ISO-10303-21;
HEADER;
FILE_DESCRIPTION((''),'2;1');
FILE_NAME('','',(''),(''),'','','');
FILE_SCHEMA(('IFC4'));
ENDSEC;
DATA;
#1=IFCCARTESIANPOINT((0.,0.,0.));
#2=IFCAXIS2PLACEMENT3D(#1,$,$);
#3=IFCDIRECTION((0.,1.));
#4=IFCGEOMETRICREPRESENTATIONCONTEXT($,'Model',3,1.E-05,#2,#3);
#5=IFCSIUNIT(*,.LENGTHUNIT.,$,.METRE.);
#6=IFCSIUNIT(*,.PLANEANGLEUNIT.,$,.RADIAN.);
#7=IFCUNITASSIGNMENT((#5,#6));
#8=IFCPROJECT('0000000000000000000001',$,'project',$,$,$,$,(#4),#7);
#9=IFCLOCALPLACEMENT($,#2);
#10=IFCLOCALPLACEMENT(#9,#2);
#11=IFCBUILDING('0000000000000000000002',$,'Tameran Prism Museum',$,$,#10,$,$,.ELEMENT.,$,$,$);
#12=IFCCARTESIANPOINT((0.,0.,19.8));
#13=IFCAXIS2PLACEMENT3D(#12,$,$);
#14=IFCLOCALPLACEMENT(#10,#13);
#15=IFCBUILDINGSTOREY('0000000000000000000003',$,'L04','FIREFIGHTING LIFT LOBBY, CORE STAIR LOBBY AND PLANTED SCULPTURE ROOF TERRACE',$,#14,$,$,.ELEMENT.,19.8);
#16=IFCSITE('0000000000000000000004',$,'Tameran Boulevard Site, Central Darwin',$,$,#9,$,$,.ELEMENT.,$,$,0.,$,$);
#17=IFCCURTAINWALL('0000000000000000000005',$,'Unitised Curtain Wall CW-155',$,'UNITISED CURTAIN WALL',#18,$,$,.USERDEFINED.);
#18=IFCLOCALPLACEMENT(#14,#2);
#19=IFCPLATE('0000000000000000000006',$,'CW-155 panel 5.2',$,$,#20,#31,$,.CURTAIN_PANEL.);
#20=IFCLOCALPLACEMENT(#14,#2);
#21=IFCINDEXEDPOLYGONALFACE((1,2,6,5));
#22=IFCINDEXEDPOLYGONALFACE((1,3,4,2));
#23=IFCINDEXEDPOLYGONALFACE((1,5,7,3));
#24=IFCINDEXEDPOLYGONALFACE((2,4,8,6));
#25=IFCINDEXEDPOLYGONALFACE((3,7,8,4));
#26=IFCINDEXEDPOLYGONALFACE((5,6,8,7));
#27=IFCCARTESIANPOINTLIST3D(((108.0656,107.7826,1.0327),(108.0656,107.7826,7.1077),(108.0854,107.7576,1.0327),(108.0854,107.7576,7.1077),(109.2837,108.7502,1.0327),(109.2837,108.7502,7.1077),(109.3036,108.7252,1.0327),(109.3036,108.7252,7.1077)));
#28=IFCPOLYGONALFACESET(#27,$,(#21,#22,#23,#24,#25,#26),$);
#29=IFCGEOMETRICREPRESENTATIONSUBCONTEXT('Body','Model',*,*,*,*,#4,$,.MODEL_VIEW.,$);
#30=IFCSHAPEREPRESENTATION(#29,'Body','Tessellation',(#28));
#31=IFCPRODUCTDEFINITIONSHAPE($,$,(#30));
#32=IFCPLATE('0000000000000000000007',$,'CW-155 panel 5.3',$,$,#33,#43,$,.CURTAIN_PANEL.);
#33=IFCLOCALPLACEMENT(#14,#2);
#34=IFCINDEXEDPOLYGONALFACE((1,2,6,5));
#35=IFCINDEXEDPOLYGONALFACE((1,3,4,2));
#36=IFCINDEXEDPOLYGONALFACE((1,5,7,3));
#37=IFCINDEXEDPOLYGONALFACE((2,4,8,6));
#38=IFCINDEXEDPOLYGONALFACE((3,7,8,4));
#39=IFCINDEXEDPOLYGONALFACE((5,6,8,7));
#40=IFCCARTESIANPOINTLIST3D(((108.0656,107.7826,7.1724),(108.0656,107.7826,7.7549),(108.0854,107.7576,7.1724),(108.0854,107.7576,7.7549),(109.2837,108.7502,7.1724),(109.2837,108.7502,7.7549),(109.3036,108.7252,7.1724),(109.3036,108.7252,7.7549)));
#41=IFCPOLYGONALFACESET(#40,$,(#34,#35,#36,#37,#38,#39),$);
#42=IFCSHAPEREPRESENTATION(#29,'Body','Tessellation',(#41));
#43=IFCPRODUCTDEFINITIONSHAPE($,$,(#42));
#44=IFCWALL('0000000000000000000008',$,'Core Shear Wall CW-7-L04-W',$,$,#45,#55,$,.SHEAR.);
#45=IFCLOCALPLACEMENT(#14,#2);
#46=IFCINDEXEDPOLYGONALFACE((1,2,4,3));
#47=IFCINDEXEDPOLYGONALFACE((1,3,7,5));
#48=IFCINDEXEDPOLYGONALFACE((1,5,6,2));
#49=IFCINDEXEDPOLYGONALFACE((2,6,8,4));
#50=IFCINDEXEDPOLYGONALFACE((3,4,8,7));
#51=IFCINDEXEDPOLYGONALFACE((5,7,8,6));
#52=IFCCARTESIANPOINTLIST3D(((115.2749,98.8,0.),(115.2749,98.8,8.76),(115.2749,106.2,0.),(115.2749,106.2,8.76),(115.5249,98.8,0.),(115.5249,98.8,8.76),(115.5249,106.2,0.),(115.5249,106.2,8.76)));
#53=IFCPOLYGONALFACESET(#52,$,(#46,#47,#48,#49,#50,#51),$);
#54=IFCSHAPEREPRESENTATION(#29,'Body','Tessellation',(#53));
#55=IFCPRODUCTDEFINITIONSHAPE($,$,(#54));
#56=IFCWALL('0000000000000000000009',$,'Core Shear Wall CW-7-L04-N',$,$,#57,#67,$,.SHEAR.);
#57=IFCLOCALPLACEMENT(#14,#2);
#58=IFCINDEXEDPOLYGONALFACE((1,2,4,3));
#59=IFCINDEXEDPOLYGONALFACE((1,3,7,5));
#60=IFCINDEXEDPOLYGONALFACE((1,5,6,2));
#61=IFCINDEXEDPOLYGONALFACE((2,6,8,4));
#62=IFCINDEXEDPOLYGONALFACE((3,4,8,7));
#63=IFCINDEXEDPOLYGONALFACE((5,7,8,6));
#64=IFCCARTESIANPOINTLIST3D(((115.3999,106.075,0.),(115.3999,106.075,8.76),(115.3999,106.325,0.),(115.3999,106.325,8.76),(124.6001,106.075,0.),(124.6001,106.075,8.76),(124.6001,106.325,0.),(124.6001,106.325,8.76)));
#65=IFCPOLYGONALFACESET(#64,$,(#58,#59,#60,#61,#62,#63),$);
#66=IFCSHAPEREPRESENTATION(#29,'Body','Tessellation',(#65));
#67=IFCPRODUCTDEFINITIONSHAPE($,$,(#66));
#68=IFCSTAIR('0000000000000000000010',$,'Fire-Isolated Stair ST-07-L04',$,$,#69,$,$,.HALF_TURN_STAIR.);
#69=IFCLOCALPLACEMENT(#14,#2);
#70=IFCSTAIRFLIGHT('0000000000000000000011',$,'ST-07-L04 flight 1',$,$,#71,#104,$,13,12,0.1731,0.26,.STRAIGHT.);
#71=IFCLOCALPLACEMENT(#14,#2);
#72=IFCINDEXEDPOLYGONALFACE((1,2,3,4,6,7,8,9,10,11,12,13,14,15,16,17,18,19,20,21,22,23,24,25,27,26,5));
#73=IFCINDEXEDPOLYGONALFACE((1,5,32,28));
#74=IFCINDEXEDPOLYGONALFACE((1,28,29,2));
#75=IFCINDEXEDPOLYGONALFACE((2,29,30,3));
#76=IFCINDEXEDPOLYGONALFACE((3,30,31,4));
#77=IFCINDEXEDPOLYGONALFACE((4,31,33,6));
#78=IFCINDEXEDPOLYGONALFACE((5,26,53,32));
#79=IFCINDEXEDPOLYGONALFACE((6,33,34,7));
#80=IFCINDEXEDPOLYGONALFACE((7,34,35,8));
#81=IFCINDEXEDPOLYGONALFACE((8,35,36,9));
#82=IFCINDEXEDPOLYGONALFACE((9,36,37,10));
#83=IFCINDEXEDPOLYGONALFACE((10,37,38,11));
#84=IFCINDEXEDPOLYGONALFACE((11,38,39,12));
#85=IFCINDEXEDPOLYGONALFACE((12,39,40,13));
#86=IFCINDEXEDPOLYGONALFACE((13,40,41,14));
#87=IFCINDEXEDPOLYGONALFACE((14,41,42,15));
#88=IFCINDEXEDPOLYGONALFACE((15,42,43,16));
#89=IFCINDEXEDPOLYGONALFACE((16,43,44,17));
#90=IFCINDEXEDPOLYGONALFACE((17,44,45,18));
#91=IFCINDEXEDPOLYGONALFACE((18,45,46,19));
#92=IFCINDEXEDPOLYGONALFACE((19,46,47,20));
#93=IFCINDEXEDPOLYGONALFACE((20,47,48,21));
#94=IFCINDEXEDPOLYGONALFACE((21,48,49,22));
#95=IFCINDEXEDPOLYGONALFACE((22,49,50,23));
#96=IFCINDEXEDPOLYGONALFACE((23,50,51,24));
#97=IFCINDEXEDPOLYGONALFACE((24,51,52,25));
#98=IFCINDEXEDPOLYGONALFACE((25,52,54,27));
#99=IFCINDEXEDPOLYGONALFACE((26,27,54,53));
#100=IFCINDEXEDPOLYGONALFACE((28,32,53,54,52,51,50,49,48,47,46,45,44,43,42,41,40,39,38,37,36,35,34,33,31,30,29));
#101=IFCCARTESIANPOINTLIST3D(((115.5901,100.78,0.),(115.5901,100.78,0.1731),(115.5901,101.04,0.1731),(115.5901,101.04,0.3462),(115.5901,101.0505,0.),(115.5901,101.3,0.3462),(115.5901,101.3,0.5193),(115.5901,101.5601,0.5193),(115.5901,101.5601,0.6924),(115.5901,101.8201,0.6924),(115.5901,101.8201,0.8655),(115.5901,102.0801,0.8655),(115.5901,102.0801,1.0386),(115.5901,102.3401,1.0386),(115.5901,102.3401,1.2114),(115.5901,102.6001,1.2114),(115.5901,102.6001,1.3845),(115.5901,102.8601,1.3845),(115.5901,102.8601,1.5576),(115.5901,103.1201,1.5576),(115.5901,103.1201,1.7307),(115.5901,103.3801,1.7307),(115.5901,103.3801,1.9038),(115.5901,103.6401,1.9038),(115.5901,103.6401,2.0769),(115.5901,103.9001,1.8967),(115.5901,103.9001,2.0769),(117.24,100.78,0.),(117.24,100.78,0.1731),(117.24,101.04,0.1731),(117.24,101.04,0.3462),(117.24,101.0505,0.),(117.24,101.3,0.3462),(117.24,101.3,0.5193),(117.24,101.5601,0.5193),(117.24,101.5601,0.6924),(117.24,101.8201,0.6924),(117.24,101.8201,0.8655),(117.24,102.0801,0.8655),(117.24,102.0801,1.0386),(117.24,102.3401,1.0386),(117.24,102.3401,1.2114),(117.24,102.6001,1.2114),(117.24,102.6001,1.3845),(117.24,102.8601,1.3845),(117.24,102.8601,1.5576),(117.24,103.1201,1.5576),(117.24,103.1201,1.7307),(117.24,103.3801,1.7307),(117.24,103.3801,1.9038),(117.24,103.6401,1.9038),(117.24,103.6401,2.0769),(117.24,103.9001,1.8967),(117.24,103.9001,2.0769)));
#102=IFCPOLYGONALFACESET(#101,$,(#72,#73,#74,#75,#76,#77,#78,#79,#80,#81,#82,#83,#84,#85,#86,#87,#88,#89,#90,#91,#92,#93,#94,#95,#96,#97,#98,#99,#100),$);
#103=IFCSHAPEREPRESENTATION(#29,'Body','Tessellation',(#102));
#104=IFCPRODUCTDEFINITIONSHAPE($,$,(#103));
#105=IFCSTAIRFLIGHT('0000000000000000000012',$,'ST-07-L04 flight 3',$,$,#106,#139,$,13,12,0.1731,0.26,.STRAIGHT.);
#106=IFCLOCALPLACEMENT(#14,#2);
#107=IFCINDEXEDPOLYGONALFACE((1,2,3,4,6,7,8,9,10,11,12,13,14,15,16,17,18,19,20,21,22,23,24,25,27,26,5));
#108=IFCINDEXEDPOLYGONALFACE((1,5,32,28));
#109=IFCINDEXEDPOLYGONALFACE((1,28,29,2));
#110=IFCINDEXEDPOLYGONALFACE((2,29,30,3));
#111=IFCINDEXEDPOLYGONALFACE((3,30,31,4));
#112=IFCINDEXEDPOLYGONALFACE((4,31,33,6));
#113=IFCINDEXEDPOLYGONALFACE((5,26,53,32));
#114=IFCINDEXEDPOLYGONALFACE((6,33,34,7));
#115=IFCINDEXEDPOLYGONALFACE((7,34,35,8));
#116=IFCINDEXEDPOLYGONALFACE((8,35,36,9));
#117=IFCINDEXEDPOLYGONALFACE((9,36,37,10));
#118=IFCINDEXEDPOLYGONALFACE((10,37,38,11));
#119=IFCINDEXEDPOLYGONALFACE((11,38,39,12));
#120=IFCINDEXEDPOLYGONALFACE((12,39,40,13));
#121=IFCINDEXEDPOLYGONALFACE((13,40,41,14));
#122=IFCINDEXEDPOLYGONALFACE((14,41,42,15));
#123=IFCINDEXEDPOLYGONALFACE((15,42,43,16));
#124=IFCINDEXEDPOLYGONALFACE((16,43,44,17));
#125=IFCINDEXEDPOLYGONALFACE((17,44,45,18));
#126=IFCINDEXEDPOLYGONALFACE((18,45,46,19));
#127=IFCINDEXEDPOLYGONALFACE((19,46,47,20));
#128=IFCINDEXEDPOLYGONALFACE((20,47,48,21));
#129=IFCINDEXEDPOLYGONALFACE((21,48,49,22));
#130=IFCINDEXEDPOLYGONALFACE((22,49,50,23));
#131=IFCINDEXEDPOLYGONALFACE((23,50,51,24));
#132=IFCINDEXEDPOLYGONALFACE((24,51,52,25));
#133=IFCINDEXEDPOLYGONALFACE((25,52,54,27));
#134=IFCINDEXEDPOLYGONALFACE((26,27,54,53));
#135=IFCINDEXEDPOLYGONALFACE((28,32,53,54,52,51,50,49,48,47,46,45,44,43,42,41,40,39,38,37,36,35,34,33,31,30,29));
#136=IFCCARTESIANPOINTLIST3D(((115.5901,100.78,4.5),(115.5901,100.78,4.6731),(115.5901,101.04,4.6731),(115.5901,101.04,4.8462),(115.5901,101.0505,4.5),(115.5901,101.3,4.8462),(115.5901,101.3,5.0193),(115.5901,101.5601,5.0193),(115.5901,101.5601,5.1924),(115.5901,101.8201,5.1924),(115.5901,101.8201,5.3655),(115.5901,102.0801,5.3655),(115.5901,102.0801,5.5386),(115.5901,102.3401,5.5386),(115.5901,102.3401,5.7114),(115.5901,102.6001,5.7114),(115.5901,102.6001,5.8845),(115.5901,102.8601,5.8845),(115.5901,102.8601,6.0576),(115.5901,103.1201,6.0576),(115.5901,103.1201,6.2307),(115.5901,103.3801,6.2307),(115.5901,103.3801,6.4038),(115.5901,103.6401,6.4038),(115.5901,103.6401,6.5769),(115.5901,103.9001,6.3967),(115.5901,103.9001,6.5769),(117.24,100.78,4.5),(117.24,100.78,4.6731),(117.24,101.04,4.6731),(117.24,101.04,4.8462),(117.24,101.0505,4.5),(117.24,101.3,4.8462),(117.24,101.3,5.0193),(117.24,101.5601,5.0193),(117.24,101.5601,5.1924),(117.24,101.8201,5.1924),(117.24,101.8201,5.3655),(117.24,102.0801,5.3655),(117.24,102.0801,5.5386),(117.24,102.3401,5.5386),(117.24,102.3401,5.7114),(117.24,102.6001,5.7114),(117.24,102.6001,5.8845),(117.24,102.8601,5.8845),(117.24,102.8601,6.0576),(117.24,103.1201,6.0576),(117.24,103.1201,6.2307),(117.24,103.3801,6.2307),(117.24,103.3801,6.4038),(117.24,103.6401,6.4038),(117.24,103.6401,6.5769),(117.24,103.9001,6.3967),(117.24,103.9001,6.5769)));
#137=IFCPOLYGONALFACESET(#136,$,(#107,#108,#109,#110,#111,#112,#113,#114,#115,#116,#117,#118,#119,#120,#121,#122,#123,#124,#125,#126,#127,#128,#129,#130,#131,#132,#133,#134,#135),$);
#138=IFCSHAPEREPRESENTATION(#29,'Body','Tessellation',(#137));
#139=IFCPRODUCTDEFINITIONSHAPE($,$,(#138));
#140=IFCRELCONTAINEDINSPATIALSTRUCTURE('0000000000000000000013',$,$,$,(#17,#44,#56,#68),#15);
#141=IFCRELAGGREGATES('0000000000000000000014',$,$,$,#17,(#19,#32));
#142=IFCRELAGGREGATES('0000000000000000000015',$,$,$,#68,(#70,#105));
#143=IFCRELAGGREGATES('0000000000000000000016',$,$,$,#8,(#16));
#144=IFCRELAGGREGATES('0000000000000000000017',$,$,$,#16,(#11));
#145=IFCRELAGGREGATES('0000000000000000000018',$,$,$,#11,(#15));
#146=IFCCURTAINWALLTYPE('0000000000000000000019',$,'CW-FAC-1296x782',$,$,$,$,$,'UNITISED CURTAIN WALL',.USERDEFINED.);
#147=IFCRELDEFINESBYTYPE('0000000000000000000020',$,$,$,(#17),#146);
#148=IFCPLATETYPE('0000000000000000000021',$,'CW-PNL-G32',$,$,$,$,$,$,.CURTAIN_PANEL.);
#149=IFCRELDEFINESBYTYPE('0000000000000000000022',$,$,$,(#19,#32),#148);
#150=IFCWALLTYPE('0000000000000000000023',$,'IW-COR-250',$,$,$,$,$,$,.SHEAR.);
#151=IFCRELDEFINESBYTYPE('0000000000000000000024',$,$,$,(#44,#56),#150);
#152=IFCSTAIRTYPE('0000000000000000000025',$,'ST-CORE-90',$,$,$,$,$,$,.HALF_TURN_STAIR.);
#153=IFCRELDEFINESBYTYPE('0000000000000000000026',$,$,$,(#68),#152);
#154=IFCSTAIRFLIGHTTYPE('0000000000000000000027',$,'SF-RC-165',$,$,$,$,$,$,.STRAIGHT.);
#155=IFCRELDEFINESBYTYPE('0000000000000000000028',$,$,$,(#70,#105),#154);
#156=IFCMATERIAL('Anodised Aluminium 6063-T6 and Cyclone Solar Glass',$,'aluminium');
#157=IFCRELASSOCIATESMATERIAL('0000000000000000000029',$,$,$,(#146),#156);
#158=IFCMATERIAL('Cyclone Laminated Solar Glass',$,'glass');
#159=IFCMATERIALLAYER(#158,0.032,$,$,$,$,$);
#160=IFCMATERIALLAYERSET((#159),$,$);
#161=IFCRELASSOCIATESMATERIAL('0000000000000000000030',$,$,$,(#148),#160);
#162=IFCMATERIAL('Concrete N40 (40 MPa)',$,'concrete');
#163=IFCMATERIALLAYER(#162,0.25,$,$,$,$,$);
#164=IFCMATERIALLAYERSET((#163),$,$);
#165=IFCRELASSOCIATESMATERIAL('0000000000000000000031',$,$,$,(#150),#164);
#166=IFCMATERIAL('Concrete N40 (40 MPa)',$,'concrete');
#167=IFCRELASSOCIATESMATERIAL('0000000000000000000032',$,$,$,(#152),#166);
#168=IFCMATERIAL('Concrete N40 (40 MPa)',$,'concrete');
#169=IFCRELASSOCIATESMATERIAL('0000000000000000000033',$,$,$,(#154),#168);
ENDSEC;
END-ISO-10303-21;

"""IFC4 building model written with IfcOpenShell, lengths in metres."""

from ifc_helpers import new_model, si_unit, direction, frame, frame_2d, origin, origin_2d, place, context, subcontext, project, spatial, polyline, rectangle, outline, extrude, material, layer, layer_set, type_object, element, aggregate, save


model = new_model("IFC4")

# Units and contexts
model_context = context("Model", 3, precision=1e-05, world=origin(), true_north=direction((0.0, 1.0)))
body_context = subcontext(model_context, "Body", "Model", "MODEL_VIEW")
ifc_project = project(units=[si_unit("LENGTHUNIT", "METRE"), si_unit("PLANEANGLEUNIT", "RADIAN")], contexts=[model_context])

# Site, building, storey
site_placement = place(None, origin())
site = spatial("IfcSite", under=ifc_project, at=site_placement, Name="Tameran Boulevard Site, Central Darwin", CompositionType="ELEMENT", RefElevation=0.0)
building_placement = place(site_placement, origin())
building = spatial("IfcBuilding", under=site, at=building_placement, Name="Tameran Prism Museum", CompositionType="ELEMENT")
storey_placement = place(building_placement, frame((0.0, 0.0, 19.8)))
storey = spatial("IfcBuildingStorey", under=building, at=storey_placement, Name="L04", Description="FIREFIGHTING LIFT LOBBY, CORE STAIR LOBBY AND PLANTED SCULPTURE ROOF TERRACE", CompositionType="ELEMENT", Elevation=19.8)

# Curtain wall, plates
ifc_material_1 = material(Name="Anodised Aluminium 6063-T6 and Cyclone Solar Glass", Category="aluminium")
curtain_wall_type = type_object("IfcCurtainWallType", Name="CW-FAC-1296x782", ElementType="UNITISED CURTAIN WALL", PredefinedType="USERDEFINED", material=ifc_material_1)
curtain_wall_placement = place(storey_placement, origin())
curtain_wall = element("IfcCurtainWall", 1, at=curtain_wall_placement, inside=storey, type_object=curtain_wall_type, Name="Unitised Curtain Wall CW-155", ObjectType="UNITISED CURTAIN WALL", PredefinedType="USERDEFINED")
ifc_material_2 = material(Name="Cyclone Laminated Solar Glass", Category="glass")
ifc_layer_1 = layer(ifc_material_2, 0.032)
ifc_layer_set_1 = layer_set([ifc_layer_1])
plate_type = type_object("IfcPlateType", Name="CW-PNL-G32", PredefinedType="CURTAIN_PANEL", material=ifc_layer_set_1)
plate_1_placement = place(storey_placement, frame((108.6846, 108.2539, 1.0327), z_axis=(0.0, 0.0, 1.0), x_axis=(0.783031, 0.621982, 0.0)))
plate_1 = element("IfcPlate", 2, at=plate_1_placement, type_object=plate_type, Name="CW-155 panel 5.2", PredefinedType="CURTAIN_PANEL", context=body_context, shape_type="SweptSolid", body=[
    extrude(rectangle(XDim=1.5557, YDim=0.032, at=origin_2d()), origin(), (0.0, 0.0, 1.0), 6.075),
])
plate_2_placement = place(storey_placement, frame((108.6846, 108.2539, 7.1724), z_axis=(0.0, 0.0, 1.0), x_axis=(0.783031, 0.621982, 0.0)))
plate_2 = element("IfcPlate", 3, at=plate_2_placement, type_object=plate_type, Name="CW-155 panel 5.3", PredefinedType="CURTAIN_PANEL", context=body_context, shape_type="SweptSolid", body=[
    extrude(rectangle(XDim=1.5557, YDim=0.032, at=origin_2d()), origin(), (0.0, 0.0, 1.0), 0.5825),
])
aggregate(curtain_wall, [plate_1, plate_2])

# Walls
ifc_material_3 = material(Name="Concrete N40 (40 MPa)", Category="concrete")
ifc_layer_2 = layer(ifc_material_3, 0.25)
ifc_layer_set_2 = layer_set([ifc_layer_2])
wall_type = type_object("IfcWallType", Name="IW-COR-250", PredefinedType="SHEAR", material=ifc_layer_set_2)
wall_1_placement = place(storey_placement, frame((115.3999, 98.8, 0.0), z_axis=(0.0, 0.0, 1.0), x_axis=(0.0, 1.0, 0.0)))
element("IfcWall", 4, at=wall_1_placement, inside=storey, type_object=wall_type, Name="Core Shear Wall CW-7-L04-W", PredefinedType="SHEAR", context=body_context, shape_type="SweptSolid", body=[
    extrude(rectangle(XDim=7.3999, YDim=0.25, at=frame_2d((3.7, 0.0))), origin(), (0.0, 0.0, 1.0), 8.76),
])
wall_2_placement = place(storey_placement, frame((115.3999, 106.2, 0.0), z_axis=(0.0, 0.0, 1.0), x_axis=(1.0, 0.0, 0.0)))
element("IfcWall", 5, at=wall_2_placement, inside=storey, type_object=wall_type, Name="Core Shear Wall CW-7-L04-N", PredefinedType="SHEAR", context=body_context, shape_type="SweptSolid", body=[
    extrude(rectangle(XDim=9.2002, YDim=0.25, at=frame_2d((4.6001, 0.0))), origin(), (0.0, 0.0, 1.0), 8.76),
])

# Stair, stair flights
ifc_material_4 = material(Name="Concrete N40 (40 MPa)", Category="concrete")
stair_type = type_object("IfcStairType", Name="ST-CORE-90", PredefinedType="HALF_TURN_STAIR", material=ifc_material_4)
stair_placement = place(storey_placement, origin())
stair = element("IfcStair", 6, at=stair_placement, inside=storey, type_object=stair_type, Name="Fire-Isolated Stair ST-07-L04", PredefinedType="HALF_TURN_STAIR")
ifc_material_5 = material(Name="Concrete N40 (40 MPa)", Category="concrete")
stair_flight_type = type_object("IfcStairFlightType", Name="SF-RC-165", PredefinedType="STRAIGHT", material=ifc_material_5)
stair_flight_1_placement = place(storey_placement, frame((116.415, 100.78, 0.0), z_axis=(0.0, 0.0, 1.0), x_axis=(0.0, 1.0, 0.0)))
stair_flight_1 = element("IfcStairFlight", 7, at=stair_flight_1_placement, type_object=stair_flight_type, Name="ST-07-L04 flight 1", NumberOfRisers=13, NumberOfTreads=12, PredefinedType="STRAIGHT", RiserHeight=0.1731, TreadLength=0.26, context=body_context, shape_type="SweptSolid", body=[
    extrude(outline(polyline([(0.0, 0.0), (0.0, 0.1731), (0.26, 0.1731), (0.26, 0.3462), (0.52, 0.3462), (0.52, 0.5193), (0.78, 0.5193), (0.78, 0.6924), (1.04, 0.6924), (1.04, 0.8655), (1.3, 0.8655), (1.3, 1.0386), (1.5601, 1.0386), (1.5601, 1.2114), (1.8201, 1.2114), (1.8201, 1.3845), (2.0801, 1.3845), (2.0801, 1.5576), (2.3401, 1.5576), (2.3401, 1.7307), (2.6001, 1.7307), (2.6001, 1.9038), (2.8601, 1.9038), (2.8601, 2.0769), (3.1201, 2.0769), (3.1201, 2.25), (3.1201, 1.8967), (0.2705, 0.0), (0.0, 0.0)])), frame((0.0, 0.825, 0.0), z_axis=(0.0, -1.0, 0.0), x_axis=(1.0, 0.0, 0.0)), (0.0, 0.0, 1.0), 1.6499),
])
stair_flight_2_placement = place(storey_placement, frame((116.415, 100.78, 4.5), z_axis=(0.0, 0.0, 1.0), x_axis=(0.0, 1.0, 0.0)))
stair_flight_2 = element("IfcStairFlight", 8, at=stair_flight_2_placement, type_object=stair_flight_type, Name="ST-07-L04 flight 3", NumberOfRisers=13, NumberOfTreads=12, PredefinedType="STRAIGHT", RiserHeight=0.1731, TreadLength=0.26, context=body_context, shape_type="SweptSolid", body=[
    extrude(outline(polyline([(0.0, 0.0), (0.0, 0.1731), (0.26, 0.1731), (0.26, 0.3462), (0.52, 0.3462), (0.52, 0.5193), (0.78, 0.5193), (0.78, 0.6924), (1.04, 0.6924), (1.04, 0.8655), (1.3, 0.8655), (1.3, 1.0386), (1.5601, 1.0386), (1.5601, 1.2114), (1.8201, 1.2114), (1.8201, 1.3845), (2.0801, 1.3845), (2.0801, 1.5576), (2.3401, 1.5576), (2.3401, 1.7307), (2.6001, 1.7307), (2.6001, 1.9038), (2.8601, 1.9038), (2.8601, 2.0769), (3.1201, 2.0769), (3.1201, 2.25), (3.1201, 1.8967), (0.2705, 0.0), (0.0, 0.0)])), frame((0.0, 0.825, 0.0), z_axis=(0.0, -1.0, 0.0), x_axis=(1.0, 0.0, 0.0)), (0.0, 0.0, 1.0), 1.6499),
])
aggregate(stair, [stair_flight_1, stair_flight_2])

save(model, "model.ifc")
